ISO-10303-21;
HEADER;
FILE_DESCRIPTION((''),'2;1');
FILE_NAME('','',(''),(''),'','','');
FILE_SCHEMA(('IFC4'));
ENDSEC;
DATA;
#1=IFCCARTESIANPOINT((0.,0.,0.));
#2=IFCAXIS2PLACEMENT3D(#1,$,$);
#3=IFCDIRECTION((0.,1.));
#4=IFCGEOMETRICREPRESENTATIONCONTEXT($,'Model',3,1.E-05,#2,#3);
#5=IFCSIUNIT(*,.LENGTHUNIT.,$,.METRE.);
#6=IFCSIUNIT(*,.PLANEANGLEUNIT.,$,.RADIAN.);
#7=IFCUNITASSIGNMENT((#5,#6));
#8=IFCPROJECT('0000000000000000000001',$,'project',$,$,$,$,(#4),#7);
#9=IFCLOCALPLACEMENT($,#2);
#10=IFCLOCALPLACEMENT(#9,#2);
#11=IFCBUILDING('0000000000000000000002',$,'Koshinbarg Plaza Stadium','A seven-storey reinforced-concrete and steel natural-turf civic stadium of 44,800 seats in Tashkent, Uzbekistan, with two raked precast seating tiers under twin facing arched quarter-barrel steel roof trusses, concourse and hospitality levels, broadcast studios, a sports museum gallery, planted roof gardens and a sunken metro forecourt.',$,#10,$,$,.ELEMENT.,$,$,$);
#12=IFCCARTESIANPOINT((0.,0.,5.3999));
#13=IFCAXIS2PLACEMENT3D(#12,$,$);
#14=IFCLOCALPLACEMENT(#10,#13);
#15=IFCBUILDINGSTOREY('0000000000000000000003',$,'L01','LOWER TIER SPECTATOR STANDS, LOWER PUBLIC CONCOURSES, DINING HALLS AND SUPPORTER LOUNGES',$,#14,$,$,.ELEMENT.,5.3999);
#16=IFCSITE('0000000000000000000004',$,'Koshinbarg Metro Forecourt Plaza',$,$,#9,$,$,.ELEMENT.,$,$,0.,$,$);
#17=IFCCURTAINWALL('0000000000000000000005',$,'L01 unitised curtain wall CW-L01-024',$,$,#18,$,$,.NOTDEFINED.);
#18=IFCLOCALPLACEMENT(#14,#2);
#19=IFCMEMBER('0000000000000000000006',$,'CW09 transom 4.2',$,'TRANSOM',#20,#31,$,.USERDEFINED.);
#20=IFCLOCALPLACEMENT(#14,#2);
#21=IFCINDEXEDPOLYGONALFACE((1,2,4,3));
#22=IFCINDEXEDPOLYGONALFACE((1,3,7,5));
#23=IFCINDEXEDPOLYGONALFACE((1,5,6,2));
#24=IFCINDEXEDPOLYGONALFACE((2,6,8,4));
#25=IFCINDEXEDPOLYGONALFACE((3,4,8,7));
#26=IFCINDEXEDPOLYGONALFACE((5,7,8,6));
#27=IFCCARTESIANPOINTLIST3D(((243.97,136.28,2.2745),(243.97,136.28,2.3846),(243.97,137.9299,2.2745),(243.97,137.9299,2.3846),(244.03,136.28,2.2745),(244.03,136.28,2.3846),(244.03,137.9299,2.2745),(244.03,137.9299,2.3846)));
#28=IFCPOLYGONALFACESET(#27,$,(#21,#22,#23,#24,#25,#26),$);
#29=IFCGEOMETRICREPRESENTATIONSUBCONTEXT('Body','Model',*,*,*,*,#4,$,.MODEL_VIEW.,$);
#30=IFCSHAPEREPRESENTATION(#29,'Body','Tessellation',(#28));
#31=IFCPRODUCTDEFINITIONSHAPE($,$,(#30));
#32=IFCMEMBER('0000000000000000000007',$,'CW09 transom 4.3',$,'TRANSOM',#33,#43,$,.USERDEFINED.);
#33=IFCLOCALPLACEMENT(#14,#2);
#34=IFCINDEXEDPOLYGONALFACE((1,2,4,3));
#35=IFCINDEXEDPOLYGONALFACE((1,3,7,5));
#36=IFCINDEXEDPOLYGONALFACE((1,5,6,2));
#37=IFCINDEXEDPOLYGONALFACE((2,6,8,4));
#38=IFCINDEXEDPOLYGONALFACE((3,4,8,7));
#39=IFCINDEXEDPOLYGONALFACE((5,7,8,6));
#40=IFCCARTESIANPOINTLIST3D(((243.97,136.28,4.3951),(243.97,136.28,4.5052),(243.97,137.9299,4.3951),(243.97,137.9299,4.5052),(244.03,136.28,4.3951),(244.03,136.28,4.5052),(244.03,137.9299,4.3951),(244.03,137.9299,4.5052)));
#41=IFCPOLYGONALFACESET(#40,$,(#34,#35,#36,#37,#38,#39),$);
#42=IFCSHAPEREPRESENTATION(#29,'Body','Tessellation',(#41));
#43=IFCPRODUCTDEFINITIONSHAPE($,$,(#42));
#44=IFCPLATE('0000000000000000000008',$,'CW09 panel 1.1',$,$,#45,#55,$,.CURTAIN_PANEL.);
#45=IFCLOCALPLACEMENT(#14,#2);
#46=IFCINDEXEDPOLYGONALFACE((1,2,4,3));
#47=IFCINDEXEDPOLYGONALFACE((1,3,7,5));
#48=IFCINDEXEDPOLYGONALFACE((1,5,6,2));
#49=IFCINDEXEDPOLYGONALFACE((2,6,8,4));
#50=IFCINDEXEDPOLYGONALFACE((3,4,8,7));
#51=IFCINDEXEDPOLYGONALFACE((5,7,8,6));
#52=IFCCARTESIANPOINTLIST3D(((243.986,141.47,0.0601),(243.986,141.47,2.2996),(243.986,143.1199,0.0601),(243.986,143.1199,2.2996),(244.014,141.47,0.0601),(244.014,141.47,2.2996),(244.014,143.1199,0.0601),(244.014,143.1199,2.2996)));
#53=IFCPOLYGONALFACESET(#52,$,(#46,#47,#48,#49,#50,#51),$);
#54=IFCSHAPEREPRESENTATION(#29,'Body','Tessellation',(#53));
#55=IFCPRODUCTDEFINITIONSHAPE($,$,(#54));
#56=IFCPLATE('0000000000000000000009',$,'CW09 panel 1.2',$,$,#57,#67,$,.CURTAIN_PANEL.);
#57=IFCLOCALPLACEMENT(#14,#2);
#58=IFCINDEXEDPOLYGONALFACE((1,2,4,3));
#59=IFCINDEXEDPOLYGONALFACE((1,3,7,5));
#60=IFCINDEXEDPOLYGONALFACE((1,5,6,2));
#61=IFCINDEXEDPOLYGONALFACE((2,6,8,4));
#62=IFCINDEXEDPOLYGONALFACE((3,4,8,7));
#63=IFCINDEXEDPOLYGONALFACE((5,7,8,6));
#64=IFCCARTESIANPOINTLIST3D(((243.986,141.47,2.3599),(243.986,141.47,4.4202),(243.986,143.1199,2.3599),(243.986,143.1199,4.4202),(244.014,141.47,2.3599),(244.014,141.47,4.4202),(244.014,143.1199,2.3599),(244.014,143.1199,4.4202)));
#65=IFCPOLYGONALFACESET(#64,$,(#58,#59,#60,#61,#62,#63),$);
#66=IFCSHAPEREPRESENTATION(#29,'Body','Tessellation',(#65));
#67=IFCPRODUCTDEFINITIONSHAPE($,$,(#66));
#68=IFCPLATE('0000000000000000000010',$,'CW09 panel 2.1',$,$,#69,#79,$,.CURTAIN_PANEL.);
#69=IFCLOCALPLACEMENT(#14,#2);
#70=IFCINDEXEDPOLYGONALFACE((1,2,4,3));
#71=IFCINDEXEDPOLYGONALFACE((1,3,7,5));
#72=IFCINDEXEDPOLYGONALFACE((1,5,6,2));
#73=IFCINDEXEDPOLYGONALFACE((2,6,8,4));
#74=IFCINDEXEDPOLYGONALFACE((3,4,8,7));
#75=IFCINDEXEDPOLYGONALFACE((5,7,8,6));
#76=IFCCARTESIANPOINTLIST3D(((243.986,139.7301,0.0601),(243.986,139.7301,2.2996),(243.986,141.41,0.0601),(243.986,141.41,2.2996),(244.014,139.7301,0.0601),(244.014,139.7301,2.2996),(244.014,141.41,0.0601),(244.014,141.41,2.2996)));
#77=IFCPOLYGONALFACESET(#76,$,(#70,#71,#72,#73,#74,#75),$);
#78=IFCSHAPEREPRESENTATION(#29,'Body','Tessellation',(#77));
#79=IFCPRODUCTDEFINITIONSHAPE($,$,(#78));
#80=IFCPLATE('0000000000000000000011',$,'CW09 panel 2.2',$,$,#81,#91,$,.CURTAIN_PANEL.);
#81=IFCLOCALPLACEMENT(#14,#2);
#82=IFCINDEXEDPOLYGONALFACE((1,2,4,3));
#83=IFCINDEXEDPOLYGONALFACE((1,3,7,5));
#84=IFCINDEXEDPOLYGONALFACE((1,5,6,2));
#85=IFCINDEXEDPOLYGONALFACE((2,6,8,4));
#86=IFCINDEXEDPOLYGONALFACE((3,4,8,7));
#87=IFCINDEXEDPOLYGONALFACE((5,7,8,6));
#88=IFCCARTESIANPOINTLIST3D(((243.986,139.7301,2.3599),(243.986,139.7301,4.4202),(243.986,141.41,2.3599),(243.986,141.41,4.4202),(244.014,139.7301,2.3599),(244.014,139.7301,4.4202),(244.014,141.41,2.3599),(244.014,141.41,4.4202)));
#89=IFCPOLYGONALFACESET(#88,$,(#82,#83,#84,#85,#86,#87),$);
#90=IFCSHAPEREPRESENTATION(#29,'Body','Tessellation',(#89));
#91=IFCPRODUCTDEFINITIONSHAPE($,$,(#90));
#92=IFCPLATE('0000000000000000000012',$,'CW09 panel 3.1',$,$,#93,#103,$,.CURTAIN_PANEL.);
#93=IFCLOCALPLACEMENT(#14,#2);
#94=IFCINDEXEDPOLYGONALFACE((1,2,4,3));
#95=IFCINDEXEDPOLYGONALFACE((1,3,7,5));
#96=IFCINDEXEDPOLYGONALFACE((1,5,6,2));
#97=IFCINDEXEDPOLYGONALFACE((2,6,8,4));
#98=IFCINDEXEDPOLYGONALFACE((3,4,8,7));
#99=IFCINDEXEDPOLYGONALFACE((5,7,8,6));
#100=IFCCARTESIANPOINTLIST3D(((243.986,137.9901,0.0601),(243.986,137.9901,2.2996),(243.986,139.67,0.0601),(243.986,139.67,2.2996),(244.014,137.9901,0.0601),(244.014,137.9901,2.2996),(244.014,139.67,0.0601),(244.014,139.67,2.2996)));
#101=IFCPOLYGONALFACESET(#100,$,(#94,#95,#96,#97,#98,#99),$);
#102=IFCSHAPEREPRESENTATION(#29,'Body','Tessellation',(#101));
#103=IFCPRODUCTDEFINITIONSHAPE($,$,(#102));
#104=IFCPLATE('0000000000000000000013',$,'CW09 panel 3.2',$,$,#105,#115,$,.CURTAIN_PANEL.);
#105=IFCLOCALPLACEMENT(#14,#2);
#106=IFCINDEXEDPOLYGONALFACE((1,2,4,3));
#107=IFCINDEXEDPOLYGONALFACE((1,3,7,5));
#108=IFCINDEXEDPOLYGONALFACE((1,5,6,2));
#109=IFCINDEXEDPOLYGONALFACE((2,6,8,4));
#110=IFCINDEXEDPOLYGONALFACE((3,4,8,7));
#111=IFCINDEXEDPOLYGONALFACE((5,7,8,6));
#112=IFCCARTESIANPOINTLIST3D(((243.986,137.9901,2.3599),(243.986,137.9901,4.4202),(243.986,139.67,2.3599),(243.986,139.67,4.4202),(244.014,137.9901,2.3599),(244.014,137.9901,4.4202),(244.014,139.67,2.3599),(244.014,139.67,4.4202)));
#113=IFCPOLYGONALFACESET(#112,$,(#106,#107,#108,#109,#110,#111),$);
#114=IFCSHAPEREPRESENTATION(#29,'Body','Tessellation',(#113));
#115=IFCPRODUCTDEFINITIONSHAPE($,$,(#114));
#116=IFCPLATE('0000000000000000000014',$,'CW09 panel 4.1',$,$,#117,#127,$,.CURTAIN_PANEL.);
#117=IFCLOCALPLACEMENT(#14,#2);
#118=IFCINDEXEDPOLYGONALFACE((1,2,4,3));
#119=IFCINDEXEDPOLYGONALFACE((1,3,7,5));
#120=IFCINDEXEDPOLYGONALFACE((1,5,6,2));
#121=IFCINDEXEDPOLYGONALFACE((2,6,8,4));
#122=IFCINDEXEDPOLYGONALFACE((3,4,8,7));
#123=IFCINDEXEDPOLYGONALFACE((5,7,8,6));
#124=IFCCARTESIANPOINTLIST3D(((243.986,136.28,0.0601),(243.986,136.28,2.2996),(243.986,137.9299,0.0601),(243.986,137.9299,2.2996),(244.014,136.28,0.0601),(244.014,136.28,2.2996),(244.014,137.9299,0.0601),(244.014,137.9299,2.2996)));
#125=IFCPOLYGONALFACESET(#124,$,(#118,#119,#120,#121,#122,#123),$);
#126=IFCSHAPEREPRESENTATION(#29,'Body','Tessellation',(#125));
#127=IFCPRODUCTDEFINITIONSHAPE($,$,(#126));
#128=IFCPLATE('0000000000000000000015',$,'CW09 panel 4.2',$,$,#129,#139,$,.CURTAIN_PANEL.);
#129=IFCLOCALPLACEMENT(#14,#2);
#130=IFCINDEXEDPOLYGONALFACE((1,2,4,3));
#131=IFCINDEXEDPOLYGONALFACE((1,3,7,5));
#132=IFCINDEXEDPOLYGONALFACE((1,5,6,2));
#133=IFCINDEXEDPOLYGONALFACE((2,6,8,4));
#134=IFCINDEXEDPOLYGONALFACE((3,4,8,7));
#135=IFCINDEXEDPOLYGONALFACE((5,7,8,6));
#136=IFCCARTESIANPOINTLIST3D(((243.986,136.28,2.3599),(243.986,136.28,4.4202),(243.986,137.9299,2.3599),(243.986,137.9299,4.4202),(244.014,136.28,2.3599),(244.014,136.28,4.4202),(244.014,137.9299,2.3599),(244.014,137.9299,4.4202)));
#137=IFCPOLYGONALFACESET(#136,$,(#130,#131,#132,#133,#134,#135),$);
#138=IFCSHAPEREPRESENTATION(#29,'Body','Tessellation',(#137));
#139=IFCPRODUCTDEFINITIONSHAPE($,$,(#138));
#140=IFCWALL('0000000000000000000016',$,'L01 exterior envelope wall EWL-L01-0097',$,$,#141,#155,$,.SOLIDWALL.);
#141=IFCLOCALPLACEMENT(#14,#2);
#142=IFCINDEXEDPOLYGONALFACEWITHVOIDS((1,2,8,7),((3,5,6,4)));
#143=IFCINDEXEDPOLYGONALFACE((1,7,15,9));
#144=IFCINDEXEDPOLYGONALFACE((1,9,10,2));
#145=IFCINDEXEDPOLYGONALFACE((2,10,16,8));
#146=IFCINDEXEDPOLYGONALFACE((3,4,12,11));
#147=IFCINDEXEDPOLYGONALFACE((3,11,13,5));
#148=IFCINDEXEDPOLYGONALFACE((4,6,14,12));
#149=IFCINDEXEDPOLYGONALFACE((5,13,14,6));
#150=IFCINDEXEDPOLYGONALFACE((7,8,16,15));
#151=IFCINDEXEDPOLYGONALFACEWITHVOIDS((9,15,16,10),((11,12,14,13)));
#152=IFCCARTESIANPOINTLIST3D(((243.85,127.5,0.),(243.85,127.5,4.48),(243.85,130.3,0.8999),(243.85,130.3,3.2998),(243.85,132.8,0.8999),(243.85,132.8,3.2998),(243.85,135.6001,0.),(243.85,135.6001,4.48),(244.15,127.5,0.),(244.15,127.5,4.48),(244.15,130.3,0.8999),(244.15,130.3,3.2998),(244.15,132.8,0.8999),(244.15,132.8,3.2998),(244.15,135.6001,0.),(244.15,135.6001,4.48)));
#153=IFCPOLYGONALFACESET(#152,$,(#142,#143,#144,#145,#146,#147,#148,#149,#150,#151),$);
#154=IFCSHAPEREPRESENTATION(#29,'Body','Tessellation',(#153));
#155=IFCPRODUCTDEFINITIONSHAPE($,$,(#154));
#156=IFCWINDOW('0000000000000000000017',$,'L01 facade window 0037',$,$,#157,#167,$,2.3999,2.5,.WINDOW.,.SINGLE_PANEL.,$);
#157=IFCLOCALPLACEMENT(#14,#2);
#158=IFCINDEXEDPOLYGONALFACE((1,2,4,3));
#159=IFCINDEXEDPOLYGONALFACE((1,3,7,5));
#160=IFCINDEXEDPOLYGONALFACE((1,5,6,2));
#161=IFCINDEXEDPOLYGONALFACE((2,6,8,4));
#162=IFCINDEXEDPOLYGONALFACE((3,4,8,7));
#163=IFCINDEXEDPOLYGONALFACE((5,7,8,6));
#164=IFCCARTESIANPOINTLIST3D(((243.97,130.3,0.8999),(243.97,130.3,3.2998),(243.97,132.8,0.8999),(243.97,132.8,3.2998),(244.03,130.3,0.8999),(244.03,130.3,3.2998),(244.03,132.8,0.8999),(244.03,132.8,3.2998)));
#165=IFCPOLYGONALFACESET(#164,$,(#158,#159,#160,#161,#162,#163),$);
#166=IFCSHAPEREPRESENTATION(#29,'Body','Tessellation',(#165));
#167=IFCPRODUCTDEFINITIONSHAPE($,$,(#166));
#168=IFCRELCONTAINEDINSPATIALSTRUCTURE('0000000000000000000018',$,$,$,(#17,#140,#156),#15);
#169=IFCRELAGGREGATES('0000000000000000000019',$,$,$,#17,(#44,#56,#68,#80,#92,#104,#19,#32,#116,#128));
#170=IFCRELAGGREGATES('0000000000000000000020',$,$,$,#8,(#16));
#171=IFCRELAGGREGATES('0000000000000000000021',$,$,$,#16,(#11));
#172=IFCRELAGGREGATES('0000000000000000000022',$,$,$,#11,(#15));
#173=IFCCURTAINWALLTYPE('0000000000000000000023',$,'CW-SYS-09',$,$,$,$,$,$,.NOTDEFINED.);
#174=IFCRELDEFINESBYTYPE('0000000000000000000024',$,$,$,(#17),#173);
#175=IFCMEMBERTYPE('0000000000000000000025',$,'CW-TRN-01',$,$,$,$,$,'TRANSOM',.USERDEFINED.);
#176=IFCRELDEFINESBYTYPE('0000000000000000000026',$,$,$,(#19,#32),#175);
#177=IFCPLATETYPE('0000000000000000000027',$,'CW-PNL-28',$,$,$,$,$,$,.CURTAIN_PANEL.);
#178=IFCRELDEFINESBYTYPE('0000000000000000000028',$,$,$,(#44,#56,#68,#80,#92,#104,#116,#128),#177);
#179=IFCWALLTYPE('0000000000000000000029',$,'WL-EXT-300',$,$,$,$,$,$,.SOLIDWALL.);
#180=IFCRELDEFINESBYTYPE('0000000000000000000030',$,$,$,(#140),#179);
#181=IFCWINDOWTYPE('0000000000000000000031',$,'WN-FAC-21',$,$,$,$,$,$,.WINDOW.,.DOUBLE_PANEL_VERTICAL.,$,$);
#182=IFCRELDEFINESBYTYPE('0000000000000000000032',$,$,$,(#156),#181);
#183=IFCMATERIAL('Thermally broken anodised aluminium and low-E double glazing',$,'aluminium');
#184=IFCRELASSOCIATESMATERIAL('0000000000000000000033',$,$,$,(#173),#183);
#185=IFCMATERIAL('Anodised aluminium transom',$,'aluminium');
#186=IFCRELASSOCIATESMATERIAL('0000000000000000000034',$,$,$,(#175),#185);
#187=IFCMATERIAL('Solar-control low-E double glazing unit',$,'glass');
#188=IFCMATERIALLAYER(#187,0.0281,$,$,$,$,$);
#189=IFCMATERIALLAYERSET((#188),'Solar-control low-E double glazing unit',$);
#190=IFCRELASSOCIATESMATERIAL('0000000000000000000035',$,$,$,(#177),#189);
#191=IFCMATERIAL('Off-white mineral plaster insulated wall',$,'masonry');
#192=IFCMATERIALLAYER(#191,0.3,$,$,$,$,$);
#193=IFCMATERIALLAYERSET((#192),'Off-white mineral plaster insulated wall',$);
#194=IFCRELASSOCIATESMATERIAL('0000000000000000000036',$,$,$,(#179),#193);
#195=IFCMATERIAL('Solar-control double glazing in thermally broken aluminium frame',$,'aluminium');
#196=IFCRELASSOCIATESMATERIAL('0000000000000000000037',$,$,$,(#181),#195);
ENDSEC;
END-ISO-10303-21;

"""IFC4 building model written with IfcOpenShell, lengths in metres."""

from ifc_helpers import new_model, si_unit, direction, frame, frame_2d, origin, origin_2d, place, context, subcontext, project, spatial, rectangle, extrude, material, layer, layer_set, material_profile, profile_set, type_object, element, fill, aggregate, save


model = new_model("IFC4")

# Units and contexts
model_context = context("Model", 3, precision=1e-05, world=origin(), true_north=direction((0.0, 1.0)))
body_context = subcontext(model_context, "Body", "Model", "MODEL_VIEW")
ifc_project = project(units=[si_unit("LENGTHUNIT", "METRE"), si_unit("PLANEANGLEUNIT", "RADIAN")], contexts=[model_context])

# Site, building, storey
site_placement = place(None, origin())
site = spatial("IfcSite", under=ifc_project, at=site_placement, Name="Koshinbarg Metro Forecourt Plaza", CompositionType="ELEMENT", RefElevation=0.0)
building_placement = place(site_placement, origin())
building = spatial("IfcBuilding", under=site, at=building_placement, Name="Koshinbarg Plaza Stadium", Description="A seven-storey reinforced-concrete and steel natural-turf civic stadium of 44,800 seats in Tashkent, Uzbekistan, with two raked precast seating tiers under twin facing arched quarter-barrel steel roof trusses, concourse and hospitality levels, broadcast studios, a sports museum gallery, planted roof gardens and a sunken metro forecourt.", CompositionType="ELEMENT")
storey_placement = place(building_placement, frame((0.0, 0.0, 5.3999)))
storey = spatial("IfcBuildingStorey", under=building, at=storey_placement, Name="L01", Description="LOWER TIER SPECTATOR STANDS, LOWER PUBLIC CONCOURSES, DINING HALLS AND SUPPORTER LOUNGES", CompositionType="ELEMENT", Elevation=5.3999)

# Curtain wall, members, plates
ifc_material_1 = material(Name="Thermally broken anodised aluminium and low-E double glazing", Category="aluminium")
curtain_wall_type = type_object("IfcCurtainWallType", Name="CW-SYS-09", PredefinedType="NOTDEFINED", material=ifc_material_1)
curtain_wall_placement = place(storey_placement, origin())
curtain_wall = element("IfcCurtainWall", 1, at=curtain_wall_placement, inside=storey, type_object=curtain_wall_type, Name="L01 unitised curtain wall CW-L01-024", PredefinedType="NOTDEFINED")
ifc_material_2 = material(Name="Anodised aluminium transom", Category="aluminium")
ifc_material_profile_1 = material_profile(ifc_material_2, rectangle(XDim=0.0601, YDim=0.1101, at=origin_2d()), Name="ALU 60x110")
ifc_profile_set_1 = profile_set([ifc_material_profile_1], Name="Anodised aluminium transom")
member_type_1 = type_object("IfcMemberType", Name="CW-TRN-01", ElementType="TRANSOM", PredefinedType="USERDEFINED", material=ifc_profile_set_1)
member_1_placement = place(storey_placement, frame((244.0, 137.9299, 2.3296), z_axis=(0.0, -1.0, 0.0), x_axis=(1.0, 0.0, 0.0)))
member_1 = element("IfcMember", 2, at=member_1_placement, type_object=member_type_1, Name="CW09 transom 4.2", ObjectType="TRANSOM", PredefinedType="USERDEFINED", context=body_context, shape_type="SweptSolid", body=[
    extrude(rectangle(XDim=0.0601, YDim=0.1101, at=origin_2d()), origin(), (0.0, 0.0, 1.0), 1.6499),
])
member_2_placement = place(storey_placement, frame((244.0, 137.9299, 4.4502), z_axis=(0.0, -1.0, 0.0), x_axis=(1.0, 0.0, 0.0)))
member_2 = element("IfcMember", 3, at=member_2_placement, type_object=member_type_1, Name="CW09 transom 4.3", ObjectType="TRANSOM", PredefinedType="USERDEFINED", context=body_context, shape_type="SweptSolid", body=[
    extrude(rectangle(XDim=0.0601, YDim=0.1101, at=origin_2d()), origin(), (0.0, 0.0, 1.0), 1.6499),
])
ifc_material_3 = material(Name="Solar-control low-E double glazing unit", Category="glass")
ifc_layer_1 = layer(ifc_material_3, 0.0281)
ifc_layer_set_1 = layer_set([ifc_layer_1], Name="Solar-control low-E double glazing unit")
plate_type = type_object("IfcPlateType", Name="CW-PNL-28", PredefinedType="CURTAIN_PANEL", material=ifc_layer_set_1)
plate_1_placement = place(storey_placement, frame((244.0, 142.2949, 0.0601), z_axis=(0.0, 0.0, 1.0), x_axis=(0.0, -1.0, 0.0)))
plate_1 = element("IfcPlate", 4, at=plate_1_placement, type_object=plate_type, Name="CW09 panel 1.1", PredefinedType="CURTAIN_PANEL", context=body_context, shape_type="SweptSolid", body=[
    extrude(rectangle(XDim=1.6499, YDim=0.0281, at=origin_2d()), origin(), (0.0, 0.0, 1.0), 2.2395),
])
plate_2_placement = place(storey_placement, frame((244.0, 142.2949, 2.3599), z_axis=(0.0, 0.0, 1.0), x_axis=(0.0, -1.0, 0.0)))
plate_2 = element("IfcPlate", 5, at=plate_2_placement, type_object=plate_type, Name="CW09 panel 1.2", PredefinedType="CURTAIN_PANEL", context=body_context, shape_type="SweptSolid", body=[
    extrude(rectangle(XDim=1.6499, YDim=0.0281, at=origin_2d()), origin(), (0.0, 0.0, 1.0), 2.0603),
])
plate_3_placement = place(storey_placement, frame((244.0, 140.5701, 0.0601), z_axis=(0.0, 0.0, 1.0), x_axis=(0.0, -1.0, 0.0)))
plate_3 = element("IfcPlate", 6, at=plate_3_placement, type_object=plate_type, Name="CW09 panel 2.1", PredefinedType="CURTAIN_PANEL", context=body_context, shape_type="SweptSolid", body=[
    extrude(rectangle(XDim=1.6799, YDim=0.0281, at=origin_2d()), origin(), (0.0, 0.0, 1.0), 2.2395),
])
plate_4_placement = place(storey_placement, frame((244.0, 140.5701, 2.3599), z_axis=(0.0, 0.0, 1.0), x_axis=(0.0, -1.0, 0.0)))
plate_4 = element("IfcPlate", 7, at=plate_4_placement, type_object=plate_type, Name="CW09 panel 2.2", PredefinedType="CURTAIN_PANEL", context=body_context, shape_type="SweptSolid", body=[
    extrude(rectangle(XDim=1.6799, YDim=0.0281, at=origin_2d()), origin(), (0.0, 0.0, 1.0), 2.0603),
])
plate_5_placement = place(storey_placement, frame((244.0, 138.8301, 0.0601), z_axis=(0.0, 0.0, 1.0), x_axis=(0.0, -1.0, 0.0)))
plate_5 = element("IfcPlate", 8, at=plate_5_placement, type_object=plate_type, Name="CW09 panel 3.1", PredefinedType="CURTAIN_PANEL", context=body_context, shape_type="SweptSolid", body=[
    extrude(rectangle(XDim=1.6799, YDim=0.0281, at=origin_2d()), origin(), (0.0, 0.0, 1.0), 2.2395),
])
plate_6_placement = place(storey_placement, frame((244.0, 138.8301, 2.3599), z_axis=(0.0, 0.0, 1.0), x_axis=(0.0, -1.0, 0.0)))
plate_6 = element("IfcPlate", 9, at=plate_6_placement, type_object=plate_type, Name="CW09 panel 3.2", PredefinedType="CURTAIN_PANEL", context=body_context, shape_type="SweptSolid", body=[
    extrude(rectangle(XDim=1.6799, YDim=0.0281, at=origin_2d()), origin(), (0.0, 0.0, 1.0), 2.0603),
])
plate_7_placement = place(storey_placement, frame((244.0, 137.105, 0.0601), z_axis=(0.0, 0.0, 1.0), x_axis=(0.0, -1.0, 0.0)))
plate_7 = element("IfcPlate", 10, at=plate_7_placement, type_object=plate_type, Name="CW09 panel 4.1", PredefinedType="CURTAIN_PANEL", context=body_context, shape_type="SweptSolid", body=[
    extrude(rectangle(XDim=1.6499, YDim=0.0281, at=origin_2d()), origin(), (0.0, 0.0, 1.0), 2.2395),
])
plate_8_placement = place(storey_placement, frame((244.0, 137.105, 2.3599), z_axis=(0.0, 0.0, 1.0), x_axis=(0.0, -1.0, 0.0)))
plate_8 = element("IfcPlate", 11, at=plate_8_placement, type_object=plate_type, Name="CW09 panel 4.2", PredefinedType="CURTAIN_PANEL", context=body_context, shape_type="SweptSolid", body=[
    extrude(rectangle(XDim=1.6499, YDim=0.0281, at=origin_2d()), origin(), (0.0, 0.0, 1.0), 2.0603),
])
aggregate(curtain_wall, [plate_1, plate_2, plate_3, plate_4, plate_5, plate_6, member_1, member_2, plate_7, plate_8])

# Wall, opening, window
ifc_material_4 = material(Name="Off-white mineral plaster insulated wall", Category="masonry")
ifc_layer_2 = layer(ifc_material_4, 0.3)
ifc_layer_set_2 = layer_set([ifc_layer_2], Name="Off-white mineral plaster insulated wall")
wall_type = type_object("IfcWallType", Name="WL-EXT-300", PredefinedType="SOLIDWALL", material=ifc_layer_set_2)
wall_placement = place(storey_placement, frame((244.0, 135.6001, 0.0), z_axis=(0.0, 0.0, 1.0), x_axis=(0.0, -1.0, 0.0)))
wall = element("IfcWall", 12, at=wall_placement, inside=storey, type_object=wall_type, Name="L01 exterior envelope wall EWL-L01-0097", PredefinedType="SOLIDWALL", context=body_context, shape_type="SweptSolid", body=[
    extrude(rectangle(XDim=8.1001, YDim=0.3, at=frame_2d((4.05, 0.0))), origin(), (0.0, 0.0, 1.0), 4.48),
])
opening_placement = place(wall_placement, frame((2.8, 0.0, 0.8999)))
opening = element("IfcOpeningElement", 13, at=opening_placement, cuts=wall, PredefinedType="OPENING", context=body_context, shape_type="SweptSolid", body=[
    extrude(rectangle(XDim=2.5, YDim=2.3999, at=frame_2d((1.25, 1.2))), frame((0.0, 0.1599, 0.0), z_axis=(0.0, -1.0, 0.0), x_axis=(1.0, 0.0, 0.0)), (0.0, 0.0, 1.0), 0.3201),
])
ifc_material_5 = material(Name="Solar-control double glazing in thermally broken aluminium frame", Category="aluminium")
window_type = type_object("IfcWindowType", Name="WN-FAC-21", PartitioningType="DOUBLE_PANEL_VERTICAL", PredefinedType="WINDOW", material=ifc_material_5)
window_placement = place(opening_placement, origin())
window = element("IfcWindow", 14, at=window_placement, inside=storey, type_object=window_type, Name="L01 facade window 0037", OverallHeight=2.3999, OverallWidth=2.5, PartitioningType="SINGLE_PANEL", PredefinedType="WINDOW", context=body_context, shape_type="SweptSolid", body=[
    extrude(rectangle(XDim=2.5, YDim=2.3999, at=frame_2d((1.25, 1.2))), frame((0.0, 0.03, 0.0), z_axis=(0.0, -1.0, 0.0), x_axis=(1.0, 0.0, 0.0)), (0.0, 0.0, 1.0), 0.0601),
])
fill(opening, window)

save(model, "model.ifc")
